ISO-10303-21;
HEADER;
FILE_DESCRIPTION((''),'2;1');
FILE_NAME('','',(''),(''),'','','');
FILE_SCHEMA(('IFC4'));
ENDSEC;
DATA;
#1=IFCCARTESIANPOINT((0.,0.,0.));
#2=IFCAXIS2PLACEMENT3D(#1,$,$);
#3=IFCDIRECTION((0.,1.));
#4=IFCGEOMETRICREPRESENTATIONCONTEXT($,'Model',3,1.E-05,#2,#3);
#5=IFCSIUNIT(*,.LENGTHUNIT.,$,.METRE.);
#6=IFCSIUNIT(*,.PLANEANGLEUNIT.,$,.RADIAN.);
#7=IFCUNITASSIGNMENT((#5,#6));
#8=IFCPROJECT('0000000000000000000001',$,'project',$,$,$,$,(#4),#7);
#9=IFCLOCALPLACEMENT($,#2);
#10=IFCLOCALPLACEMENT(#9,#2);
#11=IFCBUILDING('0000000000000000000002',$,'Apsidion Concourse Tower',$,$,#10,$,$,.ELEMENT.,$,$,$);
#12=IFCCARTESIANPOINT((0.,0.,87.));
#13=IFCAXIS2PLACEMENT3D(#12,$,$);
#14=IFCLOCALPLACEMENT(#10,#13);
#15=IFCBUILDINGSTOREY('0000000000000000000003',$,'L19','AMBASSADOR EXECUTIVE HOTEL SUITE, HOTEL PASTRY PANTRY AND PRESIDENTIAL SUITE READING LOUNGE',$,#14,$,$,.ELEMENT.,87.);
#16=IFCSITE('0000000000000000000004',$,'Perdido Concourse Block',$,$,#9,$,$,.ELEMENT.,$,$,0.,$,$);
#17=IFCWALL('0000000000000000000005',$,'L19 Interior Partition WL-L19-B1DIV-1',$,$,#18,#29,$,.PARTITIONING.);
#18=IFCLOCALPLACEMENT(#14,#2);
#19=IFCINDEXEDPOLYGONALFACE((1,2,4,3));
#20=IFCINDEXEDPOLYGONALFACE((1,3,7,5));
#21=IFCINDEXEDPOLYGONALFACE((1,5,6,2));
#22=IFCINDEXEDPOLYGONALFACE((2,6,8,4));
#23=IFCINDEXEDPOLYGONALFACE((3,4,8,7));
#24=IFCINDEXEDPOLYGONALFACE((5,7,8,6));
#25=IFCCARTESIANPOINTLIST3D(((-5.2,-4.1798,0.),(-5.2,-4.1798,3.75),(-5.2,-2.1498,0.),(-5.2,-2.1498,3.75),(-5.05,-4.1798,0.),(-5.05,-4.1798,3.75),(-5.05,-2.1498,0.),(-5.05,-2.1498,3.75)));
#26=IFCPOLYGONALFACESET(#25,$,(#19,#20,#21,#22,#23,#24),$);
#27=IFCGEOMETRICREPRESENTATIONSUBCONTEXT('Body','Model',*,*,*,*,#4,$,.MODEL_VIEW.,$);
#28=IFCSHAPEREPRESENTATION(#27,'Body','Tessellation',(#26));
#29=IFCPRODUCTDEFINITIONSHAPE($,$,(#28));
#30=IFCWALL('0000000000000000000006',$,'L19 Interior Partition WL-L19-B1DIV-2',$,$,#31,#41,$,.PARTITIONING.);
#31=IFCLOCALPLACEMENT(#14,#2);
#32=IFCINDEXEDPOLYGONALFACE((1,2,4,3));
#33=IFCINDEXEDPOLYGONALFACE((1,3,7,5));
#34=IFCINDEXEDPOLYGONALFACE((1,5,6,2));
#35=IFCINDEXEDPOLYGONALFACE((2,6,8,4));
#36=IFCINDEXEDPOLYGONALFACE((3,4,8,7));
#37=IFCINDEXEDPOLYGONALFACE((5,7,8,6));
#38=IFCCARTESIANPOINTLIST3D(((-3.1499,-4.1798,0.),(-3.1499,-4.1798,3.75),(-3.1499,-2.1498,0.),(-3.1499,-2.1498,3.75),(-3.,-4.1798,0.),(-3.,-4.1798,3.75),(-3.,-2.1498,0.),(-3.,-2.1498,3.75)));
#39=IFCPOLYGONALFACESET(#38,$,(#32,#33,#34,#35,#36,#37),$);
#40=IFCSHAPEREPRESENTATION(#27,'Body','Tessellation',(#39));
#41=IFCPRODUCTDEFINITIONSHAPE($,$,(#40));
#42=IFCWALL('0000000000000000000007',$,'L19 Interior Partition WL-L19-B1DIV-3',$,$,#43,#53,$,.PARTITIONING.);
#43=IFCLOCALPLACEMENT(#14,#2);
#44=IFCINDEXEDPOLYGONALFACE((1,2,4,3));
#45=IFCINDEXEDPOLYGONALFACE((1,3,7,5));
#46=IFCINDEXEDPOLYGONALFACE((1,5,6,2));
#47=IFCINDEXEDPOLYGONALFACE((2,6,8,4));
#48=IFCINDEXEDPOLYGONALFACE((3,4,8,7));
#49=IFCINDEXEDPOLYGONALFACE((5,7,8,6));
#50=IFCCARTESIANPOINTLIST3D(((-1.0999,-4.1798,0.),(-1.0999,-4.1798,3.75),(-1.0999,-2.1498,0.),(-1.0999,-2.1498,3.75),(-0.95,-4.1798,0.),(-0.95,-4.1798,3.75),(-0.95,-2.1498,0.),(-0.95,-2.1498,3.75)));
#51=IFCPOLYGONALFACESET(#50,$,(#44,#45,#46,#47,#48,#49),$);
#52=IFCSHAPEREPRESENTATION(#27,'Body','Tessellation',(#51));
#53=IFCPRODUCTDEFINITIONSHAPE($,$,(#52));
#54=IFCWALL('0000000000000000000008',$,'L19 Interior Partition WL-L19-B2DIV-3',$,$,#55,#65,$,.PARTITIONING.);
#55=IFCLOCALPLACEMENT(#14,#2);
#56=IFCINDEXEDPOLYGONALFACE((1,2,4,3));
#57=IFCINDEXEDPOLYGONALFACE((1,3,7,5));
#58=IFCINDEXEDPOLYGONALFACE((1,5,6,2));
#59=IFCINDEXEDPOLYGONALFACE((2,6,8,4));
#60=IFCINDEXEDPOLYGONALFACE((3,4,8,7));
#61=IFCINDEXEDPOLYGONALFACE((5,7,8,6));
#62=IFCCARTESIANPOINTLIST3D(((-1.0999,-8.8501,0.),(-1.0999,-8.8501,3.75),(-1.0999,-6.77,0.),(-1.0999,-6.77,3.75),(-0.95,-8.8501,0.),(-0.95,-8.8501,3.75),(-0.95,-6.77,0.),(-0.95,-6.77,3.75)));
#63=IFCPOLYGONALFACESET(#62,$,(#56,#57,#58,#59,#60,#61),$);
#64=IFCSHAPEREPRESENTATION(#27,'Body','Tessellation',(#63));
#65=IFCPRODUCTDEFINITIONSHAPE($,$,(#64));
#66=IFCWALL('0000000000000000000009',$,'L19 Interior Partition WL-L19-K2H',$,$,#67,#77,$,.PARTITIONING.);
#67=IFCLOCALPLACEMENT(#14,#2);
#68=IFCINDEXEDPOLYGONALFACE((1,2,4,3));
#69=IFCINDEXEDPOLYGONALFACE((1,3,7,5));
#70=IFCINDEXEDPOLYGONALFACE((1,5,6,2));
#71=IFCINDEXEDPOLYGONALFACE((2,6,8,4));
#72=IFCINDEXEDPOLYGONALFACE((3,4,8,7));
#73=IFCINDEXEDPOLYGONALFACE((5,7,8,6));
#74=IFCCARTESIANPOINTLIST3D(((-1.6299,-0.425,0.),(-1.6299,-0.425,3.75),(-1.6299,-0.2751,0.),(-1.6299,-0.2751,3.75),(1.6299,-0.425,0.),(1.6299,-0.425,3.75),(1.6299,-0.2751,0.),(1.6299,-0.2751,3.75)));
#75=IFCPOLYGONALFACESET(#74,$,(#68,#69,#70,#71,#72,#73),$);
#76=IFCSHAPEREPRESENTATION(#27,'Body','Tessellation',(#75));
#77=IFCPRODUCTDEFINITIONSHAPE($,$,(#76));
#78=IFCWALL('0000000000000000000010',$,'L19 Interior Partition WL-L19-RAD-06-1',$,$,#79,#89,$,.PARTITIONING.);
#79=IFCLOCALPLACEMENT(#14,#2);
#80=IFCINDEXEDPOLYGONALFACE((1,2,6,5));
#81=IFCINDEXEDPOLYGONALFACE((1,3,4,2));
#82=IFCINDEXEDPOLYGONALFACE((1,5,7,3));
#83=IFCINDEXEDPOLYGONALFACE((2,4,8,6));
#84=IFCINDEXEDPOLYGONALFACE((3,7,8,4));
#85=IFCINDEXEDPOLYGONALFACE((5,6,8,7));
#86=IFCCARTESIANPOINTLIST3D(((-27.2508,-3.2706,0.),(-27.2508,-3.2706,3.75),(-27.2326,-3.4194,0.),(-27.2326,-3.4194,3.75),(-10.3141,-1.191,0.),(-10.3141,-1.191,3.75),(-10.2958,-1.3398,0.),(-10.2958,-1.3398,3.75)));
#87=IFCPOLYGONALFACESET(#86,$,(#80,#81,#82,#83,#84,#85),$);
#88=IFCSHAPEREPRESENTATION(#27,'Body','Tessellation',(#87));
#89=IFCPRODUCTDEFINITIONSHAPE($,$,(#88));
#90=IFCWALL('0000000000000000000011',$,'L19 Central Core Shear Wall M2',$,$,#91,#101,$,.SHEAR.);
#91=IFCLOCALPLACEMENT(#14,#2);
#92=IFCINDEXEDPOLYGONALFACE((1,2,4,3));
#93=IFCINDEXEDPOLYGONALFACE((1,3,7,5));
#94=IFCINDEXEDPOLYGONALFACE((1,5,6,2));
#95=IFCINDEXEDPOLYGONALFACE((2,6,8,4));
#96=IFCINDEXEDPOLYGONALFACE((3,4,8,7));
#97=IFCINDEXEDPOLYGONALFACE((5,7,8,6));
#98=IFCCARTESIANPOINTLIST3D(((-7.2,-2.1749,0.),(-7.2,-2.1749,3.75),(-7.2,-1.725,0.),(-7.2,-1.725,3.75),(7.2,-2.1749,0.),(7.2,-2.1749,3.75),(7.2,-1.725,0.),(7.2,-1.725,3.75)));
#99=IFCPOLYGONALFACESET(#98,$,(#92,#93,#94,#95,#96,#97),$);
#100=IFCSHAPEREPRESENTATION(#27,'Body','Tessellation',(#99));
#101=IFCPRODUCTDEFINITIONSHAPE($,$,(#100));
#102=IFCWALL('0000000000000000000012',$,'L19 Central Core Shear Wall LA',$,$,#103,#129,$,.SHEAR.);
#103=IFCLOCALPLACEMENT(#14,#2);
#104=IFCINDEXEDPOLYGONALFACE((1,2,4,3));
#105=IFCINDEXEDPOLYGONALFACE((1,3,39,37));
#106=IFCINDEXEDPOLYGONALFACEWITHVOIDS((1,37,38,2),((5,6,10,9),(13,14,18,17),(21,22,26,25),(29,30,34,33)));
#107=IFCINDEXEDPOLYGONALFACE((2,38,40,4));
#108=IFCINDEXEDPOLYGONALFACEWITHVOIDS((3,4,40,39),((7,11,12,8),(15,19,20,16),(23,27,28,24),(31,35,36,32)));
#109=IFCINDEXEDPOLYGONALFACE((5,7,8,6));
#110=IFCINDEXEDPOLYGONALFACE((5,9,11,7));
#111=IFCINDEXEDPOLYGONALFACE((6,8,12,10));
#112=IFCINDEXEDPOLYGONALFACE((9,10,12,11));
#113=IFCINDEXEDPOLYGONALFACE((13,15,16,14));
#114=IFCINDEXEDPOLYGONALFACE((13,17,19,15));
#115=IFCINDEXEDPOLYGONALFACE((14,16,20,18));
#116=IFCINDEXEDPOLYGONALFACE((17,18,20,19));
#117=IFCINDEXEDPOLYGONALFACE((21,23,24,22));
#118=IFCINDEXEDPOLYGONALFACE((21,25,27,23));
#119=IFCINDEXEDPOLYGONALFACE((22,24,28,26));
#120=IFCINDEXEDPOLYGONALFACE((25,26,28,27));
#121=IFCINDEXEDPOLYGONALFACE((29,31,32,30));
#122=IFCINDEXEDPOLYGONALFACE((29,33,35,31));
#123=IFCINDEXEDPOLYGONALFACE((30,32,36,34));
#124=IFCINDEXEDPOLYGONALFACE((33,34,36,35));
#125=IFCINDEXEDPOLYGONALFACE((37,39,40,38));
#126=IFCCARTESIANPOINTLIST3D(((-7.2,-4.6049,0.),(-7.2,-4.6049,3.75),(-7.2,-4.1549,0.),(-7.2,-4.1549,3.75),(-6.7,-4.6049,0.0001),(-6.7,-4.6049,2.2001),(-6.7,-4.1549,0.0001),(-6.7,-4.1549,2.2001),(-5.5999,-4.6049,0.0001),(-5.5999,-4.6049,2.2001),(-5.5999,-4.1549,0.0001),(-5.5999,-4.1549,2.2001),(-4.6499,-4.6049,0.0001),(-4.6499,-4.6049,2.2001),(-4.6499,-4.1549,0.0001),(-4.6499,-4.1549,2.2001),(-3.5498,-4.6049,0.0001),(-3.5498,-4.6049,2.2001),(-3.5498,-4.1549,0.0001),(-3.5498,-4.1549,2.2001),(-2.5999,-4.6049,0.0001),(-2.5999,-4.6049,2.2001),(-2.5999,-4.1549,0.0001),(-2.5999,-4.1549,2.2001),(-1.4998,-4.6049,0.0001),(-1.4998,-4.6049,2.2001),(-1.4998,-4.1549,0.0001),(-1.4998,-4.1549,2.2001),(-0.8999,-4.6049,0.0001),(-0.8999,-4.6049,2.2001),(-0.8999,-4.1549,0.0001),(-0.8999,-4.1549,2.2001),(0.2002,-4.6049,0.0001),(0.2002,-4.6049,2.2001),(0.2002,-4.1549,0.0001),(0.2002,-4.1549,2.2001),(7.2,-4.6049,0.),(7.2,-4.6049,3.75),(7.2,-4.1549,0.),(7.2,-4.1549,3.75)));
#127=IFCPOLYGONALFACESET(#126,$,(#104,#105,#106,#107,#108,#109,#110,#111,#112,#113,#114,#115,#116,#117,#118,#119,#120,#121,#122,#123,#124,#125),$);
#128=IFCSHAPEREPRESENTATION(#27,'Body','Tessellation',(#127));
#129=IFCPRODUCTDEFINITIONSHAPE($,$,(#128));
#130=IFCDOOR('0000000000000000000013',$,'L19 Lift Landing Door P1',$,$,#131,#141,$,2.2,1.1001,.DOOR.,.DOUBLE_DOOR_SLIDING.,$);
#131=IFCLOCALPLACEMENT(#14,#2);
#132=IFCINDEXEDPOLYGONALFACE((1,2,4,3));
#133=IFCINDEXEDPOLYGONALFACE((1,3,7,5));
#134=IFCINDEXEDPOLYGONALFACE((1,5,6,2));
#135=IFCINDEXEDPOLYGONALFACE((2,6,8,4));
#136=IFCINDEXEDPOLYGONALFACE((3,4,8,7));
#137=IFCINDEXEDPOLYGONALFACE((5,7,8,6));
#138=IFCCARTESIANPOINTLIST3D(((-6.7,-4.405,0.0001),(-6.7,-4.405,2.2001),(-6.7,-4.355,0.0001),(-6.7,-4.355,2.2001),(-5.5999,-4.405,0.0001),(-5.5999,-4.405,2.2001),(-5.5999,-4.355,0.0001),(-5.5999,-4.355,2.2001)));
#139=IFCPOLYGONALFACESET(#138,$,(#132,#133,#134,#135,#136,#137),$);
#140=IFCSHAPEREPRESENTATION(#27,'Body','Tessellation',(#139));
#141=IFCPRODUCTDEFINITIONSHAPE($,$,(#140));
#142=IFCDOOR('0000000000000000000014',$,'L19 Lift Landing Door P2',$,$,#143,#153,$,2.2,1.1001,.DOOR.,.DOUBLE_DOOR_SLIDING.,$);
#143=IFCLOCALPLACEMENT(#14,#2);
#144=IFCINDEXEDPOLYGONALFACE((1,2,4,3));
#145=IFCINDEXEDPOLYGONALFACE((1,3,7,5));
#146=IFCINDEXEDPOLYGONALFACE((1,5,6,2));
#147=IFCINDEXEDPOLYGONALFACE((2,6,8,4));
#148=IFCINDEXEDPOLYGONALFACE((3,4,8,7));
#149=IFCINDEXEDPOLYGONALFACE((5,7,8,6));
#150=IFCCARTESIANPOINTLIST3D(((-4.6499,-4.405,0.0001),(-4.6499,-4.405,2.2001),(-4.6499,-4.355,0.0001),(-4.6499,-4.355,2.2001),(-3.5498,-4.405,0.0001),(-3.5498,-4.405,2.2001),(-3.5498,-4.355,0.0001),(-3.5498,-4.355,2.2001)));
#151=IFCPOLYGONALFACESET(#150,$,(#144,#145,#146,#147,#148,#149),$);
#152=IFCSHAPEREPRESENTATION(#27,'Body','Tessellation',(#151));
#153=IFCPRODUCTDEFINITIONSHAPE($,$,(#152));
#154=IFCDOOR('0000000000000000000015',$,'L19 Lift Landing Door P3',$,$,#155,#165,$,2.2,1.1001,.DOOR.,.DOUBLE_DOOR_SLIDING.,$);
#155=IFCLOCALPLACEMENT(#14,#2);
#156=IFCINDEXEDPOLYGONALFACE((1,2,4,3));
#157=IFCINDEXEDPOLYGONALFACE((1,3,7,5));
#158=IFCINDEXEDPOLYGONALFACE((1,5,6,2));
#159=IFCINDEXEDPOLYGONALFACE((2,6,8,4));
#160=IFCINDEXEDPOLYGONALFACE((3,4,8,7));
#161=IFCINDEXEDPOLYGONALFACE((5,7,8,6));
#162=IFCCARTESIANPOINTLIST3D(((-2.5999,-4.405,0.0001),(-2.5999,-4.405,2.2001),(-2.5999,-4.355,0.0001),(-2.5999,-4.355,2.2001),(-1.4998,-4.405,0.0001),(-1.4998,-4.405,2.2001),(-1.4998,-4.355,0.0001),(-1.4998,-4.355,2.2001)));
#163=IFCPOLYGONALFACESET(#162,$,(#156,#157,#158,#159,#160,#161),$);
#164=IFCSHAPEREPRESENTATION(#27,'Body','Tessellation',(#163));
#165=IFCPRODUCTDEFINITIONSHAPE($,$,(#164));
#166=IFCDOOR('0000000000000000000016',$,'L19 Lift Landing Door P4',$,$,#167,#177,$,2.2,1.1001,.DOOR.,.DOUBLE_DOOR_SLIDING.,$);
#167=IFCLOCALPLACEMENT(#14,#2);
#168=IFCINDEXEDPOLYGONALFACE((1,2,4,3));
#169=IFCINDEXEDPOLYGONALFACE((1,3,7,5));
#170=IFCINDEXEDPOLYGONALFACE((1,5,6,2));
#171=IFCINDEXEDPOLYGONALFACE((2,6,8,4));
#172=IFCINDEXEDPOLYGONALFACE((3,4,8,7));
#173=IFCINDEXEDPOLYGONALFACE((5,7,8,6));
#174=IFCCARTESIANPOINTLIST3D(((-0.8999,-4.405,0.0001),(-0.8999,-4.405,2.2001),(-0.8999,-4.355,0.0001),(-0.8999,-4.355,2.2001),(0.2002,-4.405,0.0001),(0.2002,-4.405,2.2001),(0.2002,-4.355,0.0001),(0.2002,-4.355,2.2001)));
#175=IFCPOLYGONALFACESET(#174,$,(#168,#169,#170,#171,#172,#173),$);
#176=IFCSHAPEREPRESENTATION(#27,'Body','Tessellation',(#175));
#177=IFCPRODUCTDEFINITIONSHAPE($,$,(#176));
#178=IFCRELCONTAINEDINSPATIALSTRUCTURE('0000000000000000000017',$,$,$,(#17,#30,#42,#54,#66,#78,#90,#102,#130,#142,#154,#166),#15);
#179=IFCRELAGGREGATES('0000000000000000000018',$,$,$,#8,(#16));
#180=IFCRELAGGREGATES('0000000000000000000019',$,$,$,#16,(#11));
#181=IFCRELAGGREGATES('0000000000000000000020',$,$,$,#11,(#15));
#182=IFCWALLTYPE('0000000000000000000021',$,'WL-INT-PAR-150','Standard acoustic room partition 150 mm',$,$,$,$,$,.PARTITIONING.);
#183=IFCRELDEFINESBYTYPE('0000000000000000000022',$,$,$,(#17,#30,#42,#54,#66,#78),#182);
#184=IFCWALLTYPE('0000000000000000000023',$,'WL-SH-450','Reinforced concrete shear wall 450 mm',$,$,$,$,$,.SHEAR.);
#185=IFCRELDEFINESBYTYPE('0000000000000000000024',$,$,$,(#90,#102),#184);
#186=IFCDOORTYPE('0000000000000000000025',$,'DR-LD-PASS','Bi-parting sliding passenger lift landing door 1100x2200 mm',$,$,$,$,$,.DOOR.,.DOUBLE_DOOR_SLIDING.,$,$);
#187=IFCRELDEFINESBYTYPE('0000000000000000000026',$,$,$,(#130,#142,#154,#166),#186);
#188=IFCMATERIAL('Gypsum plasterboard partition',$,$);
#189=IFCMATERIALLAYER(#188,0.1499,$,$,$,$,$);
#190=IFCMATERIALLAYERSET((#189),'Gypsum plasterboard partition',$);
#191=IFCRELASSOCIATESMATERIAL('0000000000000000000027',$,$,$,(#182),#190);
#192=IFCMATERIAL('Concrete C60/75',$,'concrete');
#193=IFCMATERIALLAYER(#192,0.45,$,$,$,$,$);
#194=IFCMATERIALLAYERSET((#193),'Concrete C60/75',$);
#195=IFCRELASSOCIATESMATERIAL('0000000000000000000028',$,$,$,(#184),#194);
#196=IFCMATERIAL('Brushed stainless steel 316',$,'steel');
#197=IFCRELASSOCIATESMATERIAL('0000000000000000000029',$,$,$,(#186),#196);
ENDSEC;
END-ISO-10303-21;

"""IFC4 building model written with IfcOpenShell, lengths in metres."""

from ifc_helpers import new_model, si_unit, direction, frame, frame_2d, origin, place, context, subcontext, project, spatial, rectangle, extrude, material, layer, layer_set, type_object, element, fill, save


model = new_model("IFC4")

# Units and contexts
model_context = context("Model", 3, precision=1e-05, world=origin(), true_north=direction((0.0, 1.0)))
body_context = subcontext(model_context, "Body", "Model", "MODEL_VIEW")
ifc_project = project(units=[si_unit("LENGTHUNIT", "METRE"), si_unit("PLANEANGLEUNIT", "RADIAN")], contexts=[model_context])

# Site, building, storey
site_placement = place(None, origin())
site = spatial("IfcSite", under=ifc_project, at=site_placement, Name="Perdido Concourse Block", CompositionType="ELEMENT", RefElevation=0.0)
building_placement = place(site_placement, origin())
building = spatial("IfcBuilding", under=site, at=building_placement, Name="Apsidion Concourse Tower", CompositionType="ELEMENT")
storey_placement = place(building_placement, frame((0.0, 0.0, 87.0)))
storey = spatial("IfcBuildingStorey", under=building, at=storey_placement, Name="L19", Description="AMBASSADOR EXECUTIVE HOTEL SUITE, HOTEL PASTRY PANTRY AND PRESIDENTIAL SUITE READING LOUNGE", CompositionType="ELEMENT", Elevation=87.0)

# Walls
ifc_material_1 = material(Name="Gypsum plasterboard partition")
ifc_layer_1 = layer(ifc_material_1, 0.1499)
ifc_layer_set_1 = layer_set([ifc_layer_1], Name="Gypsum plasterboard partition")
wall_type_1 = type_object("IfcWallType", Name="WL-INT-PAR-150", Description="Standard acoustic room partition 150 mm", PredefinedType="PARTITIONING", material=ifc_layer_set_1)
for number, where, z_axis, x_axis, name in (
    (1, (-5.125, -4.1799, 0.0), (0.0, 0.0, 1.0), (0.0, 1.0, 0.0), "L19 Interior Partition WL-L19-B1DIV-1"),
    (2, (-3.075, -4.1799, 0.0), (0.0, 0.0, 1.0), (0.0, 1.0, 0.0), "L19 Interior Partition WL-L19-B1DIV-2"),
    (3, (-1.0249, -4.1799, 0.0), (0.0, 0.0, 1.0), (0.0, 1.0, 0.0), "L19 Interior Partition WL-L19-B1DIV-3"),
):
    element("IfcWall", number, at=place(storey_placement, frame(where, z_axis=z_axis, x_axis=x_axis)), inside=storey, type_object=wall_type_1, Name=name, PredefinedType="PARTITIONING", context=body_context, shape_type="SweptSolid", body=[
        extrude(rectangle(XDim=2.03, YDim=0.1499, at=frame_2d((1.0151, 0.0))), origin(), (0.0, 0.0, 1.0), 3.75),
    ])
wall_1_placement = place(storey_placement, frame((-1.0249, -8.8501, 0.0), z_axis=(0.0, 0.0, 1.0), x_axis=(0.0, 1.0, 0.0)))
element("IfcWall", 4, at=wall_1_placement, inside=storey, type_object=wall_type_1, Name="L19 Interior Partition WL-L19-B2DIV-3", PredefinedType="PARTITIONING", context=body_context, shape_type="SweptSolid", body=[
    extrude(rectangle(XDim=2.0801, YDim=0.1499, at=frame_2d((1.04, 0.0))), origin(), (0.0, 0.0, 1.0), 3.75),
])
wall_2_placement = place(storey_placement, frame((-1.6299, -0.3501, 0.0), z_axis=(0.0, 0.0, 1.0), x_axis=(1.0, 0.0, 0.0)))
element("IfcWall", 5, at=wall_2_placement, inside=storey, type_object=wall_type_1, Name="L19 Interior Partition WL-L19-K2H", PredefinedType="PARTITIONING", context=body_context, shape_type="SweptSolid", body=[
    extrude(rectangle(XDim=3.2598, YDim=0.1499, at=frame_2d((1.6299, 0.0))), origin(), (0.0, 0.0, 1.0), 3.75),
])
wall_3_placement = place(storey_placement, frame((-10.3049, -1.2654, 0.0), z_axis=(0.0, 0.0, 1.0), x_axis=(-0.992546, -0.12187, 0.0)))
element("IfcWall", 6, at=wall_3_placement, inside=storey, type_object=wall_type_1, Name="L19 Interior Partition WL-L19-RAD-06-1", PredefinedType="PARTITIONING", context=body_context, shape_type="SweptSolid", body=[
    extrude(rectangle(XDim=17.064, YDim=0.1499, at=frame_2d((8.532, 0.0))), origin(), (0.0, 0.0, 1.0), 3.75),
])

# Shared definitions
ifc_material_2 = material(Name="Brushed stainless steel 316", Category="steel")

# Shared definitions
ifc_material_3 = material(Name="Concrete C60/75", Category="concrete")
ifc_layer_2 = layer(ifc_material_3, 0.45)
ifc_layer_set_2 = layer_set([ifc_layer_2], Name="Concrete C60/75")
wall_type_2 = type_object("IfcWallType", Name="WL-SH-450", Description="Reinforced concrete shear wall 450 mm", PredefinedType="SHEAR", material=ifc_layer_set_2)

# Wall
wall_4_placement = place(storey_placement, frame((-7.2, -1.95, 0.0), z_axis=(0.0, 0.0, 1.0), x_axis=(1.0, 0.0, 0.0)))
element("IfcWall", 7, at=wall_4_placement, inside=storey, type_object=wall_type_2, Name="L19 Central Core Shear Wall M2", PredefinedType="SHEAR", context=body_context, shape_type="SweptSolid", body=[
    extrude(rectangle(XDim=14.3999, YDim=0.45, at=frame_2d((7.2, 0.0))), origin(), (0.0, 0.0, 1.0), 3.75),
])

# Wall, openings, doors
wall_5_placement = place(storey_placement, frame((-7.2, -4.3799, 0.0), z_axis=(0.0, 0.0, 1.0), x_axis=(1.0, 0.0, 0.0)))
wall_5 = element("IfcWall", 8, at=wall_5_placement, inside=storey, type_object=wall_type_2, Name="L19 Central Core Shear Wall LA", PredefinedType="SHEAR", context=body_context, shape_type="SweptSolid", body=[
    extrude(rectangle(XDim=14.3999, YDim=0.45, at=frame_2d((7.2, 0.0))), origin(), (0.0, 0.0, 1.0), 3.75),
])
opening_1_placement = place(wall_5_placement, frame((0.5, 0.0, 0.0)))
opening_1 = element("IfcOpeningElement", 9, at=opening_1_placement, cuts=wall_5, PredefinedType="OPENING", context=body_context, shape_type="SweptSolid", body=[
    extrude(rectangle(XDim=1.1001, YDim=2.2, at=frame_2d((0.55, 1.1001))), frame((0.0, 0.2349, 0.0), z_axis=(0.0, -1.0, 0.0), x_axis=(1.0, 0.0, 0.0)), (0.0, 0.0, 1.0), 0.47),
])
opening_2_placement = place(wall_5_placement, frame((2.55, 0.0, 0.0)))
opening_2 = element("IfcOpeningElement", 10, at=opening_2_placement, cuts=wall_5, PredefinedType="OPENING", context=body_context, shape_type="SweptSolid", body=[
    extrude(rectangle(XDim=1.1001, YDim=2.2, at=frame_2d((0.55, 1.1001))), frame((0.0, 0.2349, 0.0), z_axis=(0.0, -1.0, 0.0), x_axis=(1.0, 0.0, 0.0)), (0.0, 0.0, 1.0), 0.47),
])
opening_3_placement = place(wall_5_placement, frame((4.6001, 0.0, 0.0)))
opening_3 = element("IfcOpeningElement", 11, at=opening_3_placement, cuts=wall_5, PredefinedType="OPENING", context=body_context, shape_type="SweptSolid", body=[
    extrude(rectangle(XDim=1.1001, YDim=2.2, at=frame_2d((0.55, 1.1001))), frame((0.0, 0.2349, 0.0), z_axis=(0.0, -1.0, 0.0), x_axis=(1.0, 0.0, 0.0)), (0.0, 0.0, 1.0), 0.47),
])
opening_4_placement = place(wall_5_placement, frame((6.3, 0.0, 0.0)))
opening_4 = element("IfcOpeningElement", 12, at=opening_4_placement, cuts=wall_5, PredefinedType="OPENING", context=body_context, shape_type="SweptSolid", body=[
    extrude(rectangle(XDim=1.1001, YDim=2.2, at=frame_2d((0.55, 1.1001))), frame((0.0, 0.2349, 0.0), z_axis=(0.0, -1.0, 0.0), x_axis=(1.0, 0.0, 0.0)), (0.0, 0.0, 1.0), 0.47),
])
door_type_1 = type_object("IfcDoorType", Name="DR-LD-PASS", Description="Bi-parting sliding passenger lift landing door 1100x2200 mm", OperationType="DOUBLE_DOOR_SLIDING", PredefinedType="DOOR", material=ifc_material_2)
door_1_placement = place(opening_1_placement, origin())
door_1 = element("IfcDoor", 13, at=door_1_placement, inside=storey, type_object=door_type_1, Name="L19 Lift Landing Door P1", OperationType="DOUBLE_DOOR_SLIDING", OverallHeight=2.2, OverallWidth=1.1001, PredefinedType="DOOR", context=body_context, shape_type="SweptSolid", body=[
    extrude(rectangle(XDim=1.1001, YDim=2.2, at=frame_2d((0.55, 1.1001))), frame((0.0, 0.0249, 0.0), z_axis=(0.0, -1.0, 0.0), x_axis=(1.0, 0.0, 0.0)), (0.0, 0.0, 1.0), 0.05),
])
fill(opening_1, door_1)
door_2_placement = place(opening_2_placement, origin())
door_2 = element("IfcDoor", 14, at=door_2_placement, inside=storey, type_object=door_type_1, Name="L19 Lift Landing Door P2", OperationType="DOUBLE_DOOR_SLIDING", OverallHeight=2.2, OverallWidth=1.1001, PredefinedType="DOOR", context=body_context, shape_type="SweptSolid", body=[
    extrude(rectangle(XDim=1.1001, YDim=2.2, at=frame_2d((0.55, 1.1001))), frame((0.0, 0.0249, 0.0), z_axis=(0.0, -1.0, 0.0), x_axis=(1.0, 0.0, 0.0)), (0.0, 0.0, 1.0), 0.05),
])
fill(opening_2, door_2)
door_3_placement = place(opening_3_placement, origin())
door_3 = element("IfcDoor", 15, at=door_3_placement, inside=storey, type_object=door_type_1, Name="L19 Lift Landing Door P3", OperationType="DOUBLE_DOOR_SLIDING", OverallHeight=2.2, OverallWidth=1.1001, PredefinedType="DOOR", context=body_context, shape_type="SweptSolid", body=[
    extrude(rectangle(XDim=1.1001, YDim=2.2, at=frame_2d((0.55, 1.1001))), frame((0.0, 0.0249, 0.0), z_axis=(0.0, -1.0, 0.0), x_axis=(1.0, 0.0, 0.0)), (0.0, 0.0, 1.0), 0.05),
])
fill(opening_3, door_3)
door_4_placement = place(opening_4_placement, origin())
door_4 = element("IfcDoor", 16, at=door_4_placement, inside=storey, type_object=door_type_1, Name="L19 Lift Landing Door P4", OperationType="DOUBLE_DOOR_SLIDING", OverallHeight=2.2, OverallWidth=1.1001, PredefinedType="DOOR", context=body_context, shape_type="SweptSolid", body=[
    extrude(rectangle(XDim=1.1001, YDim=2.2, at=frame_2d((0.55, 1.1001))), frame((0.0, 0.0249, 0.0), z_axis=(0.0, -1.0, 0.0), x_axis=(1.0, 0.0, 0.0)), (0.0, 0.0, 1.0), 0.05),
])
fill(opening_4, door_4)

save(model, "model.ifc")
